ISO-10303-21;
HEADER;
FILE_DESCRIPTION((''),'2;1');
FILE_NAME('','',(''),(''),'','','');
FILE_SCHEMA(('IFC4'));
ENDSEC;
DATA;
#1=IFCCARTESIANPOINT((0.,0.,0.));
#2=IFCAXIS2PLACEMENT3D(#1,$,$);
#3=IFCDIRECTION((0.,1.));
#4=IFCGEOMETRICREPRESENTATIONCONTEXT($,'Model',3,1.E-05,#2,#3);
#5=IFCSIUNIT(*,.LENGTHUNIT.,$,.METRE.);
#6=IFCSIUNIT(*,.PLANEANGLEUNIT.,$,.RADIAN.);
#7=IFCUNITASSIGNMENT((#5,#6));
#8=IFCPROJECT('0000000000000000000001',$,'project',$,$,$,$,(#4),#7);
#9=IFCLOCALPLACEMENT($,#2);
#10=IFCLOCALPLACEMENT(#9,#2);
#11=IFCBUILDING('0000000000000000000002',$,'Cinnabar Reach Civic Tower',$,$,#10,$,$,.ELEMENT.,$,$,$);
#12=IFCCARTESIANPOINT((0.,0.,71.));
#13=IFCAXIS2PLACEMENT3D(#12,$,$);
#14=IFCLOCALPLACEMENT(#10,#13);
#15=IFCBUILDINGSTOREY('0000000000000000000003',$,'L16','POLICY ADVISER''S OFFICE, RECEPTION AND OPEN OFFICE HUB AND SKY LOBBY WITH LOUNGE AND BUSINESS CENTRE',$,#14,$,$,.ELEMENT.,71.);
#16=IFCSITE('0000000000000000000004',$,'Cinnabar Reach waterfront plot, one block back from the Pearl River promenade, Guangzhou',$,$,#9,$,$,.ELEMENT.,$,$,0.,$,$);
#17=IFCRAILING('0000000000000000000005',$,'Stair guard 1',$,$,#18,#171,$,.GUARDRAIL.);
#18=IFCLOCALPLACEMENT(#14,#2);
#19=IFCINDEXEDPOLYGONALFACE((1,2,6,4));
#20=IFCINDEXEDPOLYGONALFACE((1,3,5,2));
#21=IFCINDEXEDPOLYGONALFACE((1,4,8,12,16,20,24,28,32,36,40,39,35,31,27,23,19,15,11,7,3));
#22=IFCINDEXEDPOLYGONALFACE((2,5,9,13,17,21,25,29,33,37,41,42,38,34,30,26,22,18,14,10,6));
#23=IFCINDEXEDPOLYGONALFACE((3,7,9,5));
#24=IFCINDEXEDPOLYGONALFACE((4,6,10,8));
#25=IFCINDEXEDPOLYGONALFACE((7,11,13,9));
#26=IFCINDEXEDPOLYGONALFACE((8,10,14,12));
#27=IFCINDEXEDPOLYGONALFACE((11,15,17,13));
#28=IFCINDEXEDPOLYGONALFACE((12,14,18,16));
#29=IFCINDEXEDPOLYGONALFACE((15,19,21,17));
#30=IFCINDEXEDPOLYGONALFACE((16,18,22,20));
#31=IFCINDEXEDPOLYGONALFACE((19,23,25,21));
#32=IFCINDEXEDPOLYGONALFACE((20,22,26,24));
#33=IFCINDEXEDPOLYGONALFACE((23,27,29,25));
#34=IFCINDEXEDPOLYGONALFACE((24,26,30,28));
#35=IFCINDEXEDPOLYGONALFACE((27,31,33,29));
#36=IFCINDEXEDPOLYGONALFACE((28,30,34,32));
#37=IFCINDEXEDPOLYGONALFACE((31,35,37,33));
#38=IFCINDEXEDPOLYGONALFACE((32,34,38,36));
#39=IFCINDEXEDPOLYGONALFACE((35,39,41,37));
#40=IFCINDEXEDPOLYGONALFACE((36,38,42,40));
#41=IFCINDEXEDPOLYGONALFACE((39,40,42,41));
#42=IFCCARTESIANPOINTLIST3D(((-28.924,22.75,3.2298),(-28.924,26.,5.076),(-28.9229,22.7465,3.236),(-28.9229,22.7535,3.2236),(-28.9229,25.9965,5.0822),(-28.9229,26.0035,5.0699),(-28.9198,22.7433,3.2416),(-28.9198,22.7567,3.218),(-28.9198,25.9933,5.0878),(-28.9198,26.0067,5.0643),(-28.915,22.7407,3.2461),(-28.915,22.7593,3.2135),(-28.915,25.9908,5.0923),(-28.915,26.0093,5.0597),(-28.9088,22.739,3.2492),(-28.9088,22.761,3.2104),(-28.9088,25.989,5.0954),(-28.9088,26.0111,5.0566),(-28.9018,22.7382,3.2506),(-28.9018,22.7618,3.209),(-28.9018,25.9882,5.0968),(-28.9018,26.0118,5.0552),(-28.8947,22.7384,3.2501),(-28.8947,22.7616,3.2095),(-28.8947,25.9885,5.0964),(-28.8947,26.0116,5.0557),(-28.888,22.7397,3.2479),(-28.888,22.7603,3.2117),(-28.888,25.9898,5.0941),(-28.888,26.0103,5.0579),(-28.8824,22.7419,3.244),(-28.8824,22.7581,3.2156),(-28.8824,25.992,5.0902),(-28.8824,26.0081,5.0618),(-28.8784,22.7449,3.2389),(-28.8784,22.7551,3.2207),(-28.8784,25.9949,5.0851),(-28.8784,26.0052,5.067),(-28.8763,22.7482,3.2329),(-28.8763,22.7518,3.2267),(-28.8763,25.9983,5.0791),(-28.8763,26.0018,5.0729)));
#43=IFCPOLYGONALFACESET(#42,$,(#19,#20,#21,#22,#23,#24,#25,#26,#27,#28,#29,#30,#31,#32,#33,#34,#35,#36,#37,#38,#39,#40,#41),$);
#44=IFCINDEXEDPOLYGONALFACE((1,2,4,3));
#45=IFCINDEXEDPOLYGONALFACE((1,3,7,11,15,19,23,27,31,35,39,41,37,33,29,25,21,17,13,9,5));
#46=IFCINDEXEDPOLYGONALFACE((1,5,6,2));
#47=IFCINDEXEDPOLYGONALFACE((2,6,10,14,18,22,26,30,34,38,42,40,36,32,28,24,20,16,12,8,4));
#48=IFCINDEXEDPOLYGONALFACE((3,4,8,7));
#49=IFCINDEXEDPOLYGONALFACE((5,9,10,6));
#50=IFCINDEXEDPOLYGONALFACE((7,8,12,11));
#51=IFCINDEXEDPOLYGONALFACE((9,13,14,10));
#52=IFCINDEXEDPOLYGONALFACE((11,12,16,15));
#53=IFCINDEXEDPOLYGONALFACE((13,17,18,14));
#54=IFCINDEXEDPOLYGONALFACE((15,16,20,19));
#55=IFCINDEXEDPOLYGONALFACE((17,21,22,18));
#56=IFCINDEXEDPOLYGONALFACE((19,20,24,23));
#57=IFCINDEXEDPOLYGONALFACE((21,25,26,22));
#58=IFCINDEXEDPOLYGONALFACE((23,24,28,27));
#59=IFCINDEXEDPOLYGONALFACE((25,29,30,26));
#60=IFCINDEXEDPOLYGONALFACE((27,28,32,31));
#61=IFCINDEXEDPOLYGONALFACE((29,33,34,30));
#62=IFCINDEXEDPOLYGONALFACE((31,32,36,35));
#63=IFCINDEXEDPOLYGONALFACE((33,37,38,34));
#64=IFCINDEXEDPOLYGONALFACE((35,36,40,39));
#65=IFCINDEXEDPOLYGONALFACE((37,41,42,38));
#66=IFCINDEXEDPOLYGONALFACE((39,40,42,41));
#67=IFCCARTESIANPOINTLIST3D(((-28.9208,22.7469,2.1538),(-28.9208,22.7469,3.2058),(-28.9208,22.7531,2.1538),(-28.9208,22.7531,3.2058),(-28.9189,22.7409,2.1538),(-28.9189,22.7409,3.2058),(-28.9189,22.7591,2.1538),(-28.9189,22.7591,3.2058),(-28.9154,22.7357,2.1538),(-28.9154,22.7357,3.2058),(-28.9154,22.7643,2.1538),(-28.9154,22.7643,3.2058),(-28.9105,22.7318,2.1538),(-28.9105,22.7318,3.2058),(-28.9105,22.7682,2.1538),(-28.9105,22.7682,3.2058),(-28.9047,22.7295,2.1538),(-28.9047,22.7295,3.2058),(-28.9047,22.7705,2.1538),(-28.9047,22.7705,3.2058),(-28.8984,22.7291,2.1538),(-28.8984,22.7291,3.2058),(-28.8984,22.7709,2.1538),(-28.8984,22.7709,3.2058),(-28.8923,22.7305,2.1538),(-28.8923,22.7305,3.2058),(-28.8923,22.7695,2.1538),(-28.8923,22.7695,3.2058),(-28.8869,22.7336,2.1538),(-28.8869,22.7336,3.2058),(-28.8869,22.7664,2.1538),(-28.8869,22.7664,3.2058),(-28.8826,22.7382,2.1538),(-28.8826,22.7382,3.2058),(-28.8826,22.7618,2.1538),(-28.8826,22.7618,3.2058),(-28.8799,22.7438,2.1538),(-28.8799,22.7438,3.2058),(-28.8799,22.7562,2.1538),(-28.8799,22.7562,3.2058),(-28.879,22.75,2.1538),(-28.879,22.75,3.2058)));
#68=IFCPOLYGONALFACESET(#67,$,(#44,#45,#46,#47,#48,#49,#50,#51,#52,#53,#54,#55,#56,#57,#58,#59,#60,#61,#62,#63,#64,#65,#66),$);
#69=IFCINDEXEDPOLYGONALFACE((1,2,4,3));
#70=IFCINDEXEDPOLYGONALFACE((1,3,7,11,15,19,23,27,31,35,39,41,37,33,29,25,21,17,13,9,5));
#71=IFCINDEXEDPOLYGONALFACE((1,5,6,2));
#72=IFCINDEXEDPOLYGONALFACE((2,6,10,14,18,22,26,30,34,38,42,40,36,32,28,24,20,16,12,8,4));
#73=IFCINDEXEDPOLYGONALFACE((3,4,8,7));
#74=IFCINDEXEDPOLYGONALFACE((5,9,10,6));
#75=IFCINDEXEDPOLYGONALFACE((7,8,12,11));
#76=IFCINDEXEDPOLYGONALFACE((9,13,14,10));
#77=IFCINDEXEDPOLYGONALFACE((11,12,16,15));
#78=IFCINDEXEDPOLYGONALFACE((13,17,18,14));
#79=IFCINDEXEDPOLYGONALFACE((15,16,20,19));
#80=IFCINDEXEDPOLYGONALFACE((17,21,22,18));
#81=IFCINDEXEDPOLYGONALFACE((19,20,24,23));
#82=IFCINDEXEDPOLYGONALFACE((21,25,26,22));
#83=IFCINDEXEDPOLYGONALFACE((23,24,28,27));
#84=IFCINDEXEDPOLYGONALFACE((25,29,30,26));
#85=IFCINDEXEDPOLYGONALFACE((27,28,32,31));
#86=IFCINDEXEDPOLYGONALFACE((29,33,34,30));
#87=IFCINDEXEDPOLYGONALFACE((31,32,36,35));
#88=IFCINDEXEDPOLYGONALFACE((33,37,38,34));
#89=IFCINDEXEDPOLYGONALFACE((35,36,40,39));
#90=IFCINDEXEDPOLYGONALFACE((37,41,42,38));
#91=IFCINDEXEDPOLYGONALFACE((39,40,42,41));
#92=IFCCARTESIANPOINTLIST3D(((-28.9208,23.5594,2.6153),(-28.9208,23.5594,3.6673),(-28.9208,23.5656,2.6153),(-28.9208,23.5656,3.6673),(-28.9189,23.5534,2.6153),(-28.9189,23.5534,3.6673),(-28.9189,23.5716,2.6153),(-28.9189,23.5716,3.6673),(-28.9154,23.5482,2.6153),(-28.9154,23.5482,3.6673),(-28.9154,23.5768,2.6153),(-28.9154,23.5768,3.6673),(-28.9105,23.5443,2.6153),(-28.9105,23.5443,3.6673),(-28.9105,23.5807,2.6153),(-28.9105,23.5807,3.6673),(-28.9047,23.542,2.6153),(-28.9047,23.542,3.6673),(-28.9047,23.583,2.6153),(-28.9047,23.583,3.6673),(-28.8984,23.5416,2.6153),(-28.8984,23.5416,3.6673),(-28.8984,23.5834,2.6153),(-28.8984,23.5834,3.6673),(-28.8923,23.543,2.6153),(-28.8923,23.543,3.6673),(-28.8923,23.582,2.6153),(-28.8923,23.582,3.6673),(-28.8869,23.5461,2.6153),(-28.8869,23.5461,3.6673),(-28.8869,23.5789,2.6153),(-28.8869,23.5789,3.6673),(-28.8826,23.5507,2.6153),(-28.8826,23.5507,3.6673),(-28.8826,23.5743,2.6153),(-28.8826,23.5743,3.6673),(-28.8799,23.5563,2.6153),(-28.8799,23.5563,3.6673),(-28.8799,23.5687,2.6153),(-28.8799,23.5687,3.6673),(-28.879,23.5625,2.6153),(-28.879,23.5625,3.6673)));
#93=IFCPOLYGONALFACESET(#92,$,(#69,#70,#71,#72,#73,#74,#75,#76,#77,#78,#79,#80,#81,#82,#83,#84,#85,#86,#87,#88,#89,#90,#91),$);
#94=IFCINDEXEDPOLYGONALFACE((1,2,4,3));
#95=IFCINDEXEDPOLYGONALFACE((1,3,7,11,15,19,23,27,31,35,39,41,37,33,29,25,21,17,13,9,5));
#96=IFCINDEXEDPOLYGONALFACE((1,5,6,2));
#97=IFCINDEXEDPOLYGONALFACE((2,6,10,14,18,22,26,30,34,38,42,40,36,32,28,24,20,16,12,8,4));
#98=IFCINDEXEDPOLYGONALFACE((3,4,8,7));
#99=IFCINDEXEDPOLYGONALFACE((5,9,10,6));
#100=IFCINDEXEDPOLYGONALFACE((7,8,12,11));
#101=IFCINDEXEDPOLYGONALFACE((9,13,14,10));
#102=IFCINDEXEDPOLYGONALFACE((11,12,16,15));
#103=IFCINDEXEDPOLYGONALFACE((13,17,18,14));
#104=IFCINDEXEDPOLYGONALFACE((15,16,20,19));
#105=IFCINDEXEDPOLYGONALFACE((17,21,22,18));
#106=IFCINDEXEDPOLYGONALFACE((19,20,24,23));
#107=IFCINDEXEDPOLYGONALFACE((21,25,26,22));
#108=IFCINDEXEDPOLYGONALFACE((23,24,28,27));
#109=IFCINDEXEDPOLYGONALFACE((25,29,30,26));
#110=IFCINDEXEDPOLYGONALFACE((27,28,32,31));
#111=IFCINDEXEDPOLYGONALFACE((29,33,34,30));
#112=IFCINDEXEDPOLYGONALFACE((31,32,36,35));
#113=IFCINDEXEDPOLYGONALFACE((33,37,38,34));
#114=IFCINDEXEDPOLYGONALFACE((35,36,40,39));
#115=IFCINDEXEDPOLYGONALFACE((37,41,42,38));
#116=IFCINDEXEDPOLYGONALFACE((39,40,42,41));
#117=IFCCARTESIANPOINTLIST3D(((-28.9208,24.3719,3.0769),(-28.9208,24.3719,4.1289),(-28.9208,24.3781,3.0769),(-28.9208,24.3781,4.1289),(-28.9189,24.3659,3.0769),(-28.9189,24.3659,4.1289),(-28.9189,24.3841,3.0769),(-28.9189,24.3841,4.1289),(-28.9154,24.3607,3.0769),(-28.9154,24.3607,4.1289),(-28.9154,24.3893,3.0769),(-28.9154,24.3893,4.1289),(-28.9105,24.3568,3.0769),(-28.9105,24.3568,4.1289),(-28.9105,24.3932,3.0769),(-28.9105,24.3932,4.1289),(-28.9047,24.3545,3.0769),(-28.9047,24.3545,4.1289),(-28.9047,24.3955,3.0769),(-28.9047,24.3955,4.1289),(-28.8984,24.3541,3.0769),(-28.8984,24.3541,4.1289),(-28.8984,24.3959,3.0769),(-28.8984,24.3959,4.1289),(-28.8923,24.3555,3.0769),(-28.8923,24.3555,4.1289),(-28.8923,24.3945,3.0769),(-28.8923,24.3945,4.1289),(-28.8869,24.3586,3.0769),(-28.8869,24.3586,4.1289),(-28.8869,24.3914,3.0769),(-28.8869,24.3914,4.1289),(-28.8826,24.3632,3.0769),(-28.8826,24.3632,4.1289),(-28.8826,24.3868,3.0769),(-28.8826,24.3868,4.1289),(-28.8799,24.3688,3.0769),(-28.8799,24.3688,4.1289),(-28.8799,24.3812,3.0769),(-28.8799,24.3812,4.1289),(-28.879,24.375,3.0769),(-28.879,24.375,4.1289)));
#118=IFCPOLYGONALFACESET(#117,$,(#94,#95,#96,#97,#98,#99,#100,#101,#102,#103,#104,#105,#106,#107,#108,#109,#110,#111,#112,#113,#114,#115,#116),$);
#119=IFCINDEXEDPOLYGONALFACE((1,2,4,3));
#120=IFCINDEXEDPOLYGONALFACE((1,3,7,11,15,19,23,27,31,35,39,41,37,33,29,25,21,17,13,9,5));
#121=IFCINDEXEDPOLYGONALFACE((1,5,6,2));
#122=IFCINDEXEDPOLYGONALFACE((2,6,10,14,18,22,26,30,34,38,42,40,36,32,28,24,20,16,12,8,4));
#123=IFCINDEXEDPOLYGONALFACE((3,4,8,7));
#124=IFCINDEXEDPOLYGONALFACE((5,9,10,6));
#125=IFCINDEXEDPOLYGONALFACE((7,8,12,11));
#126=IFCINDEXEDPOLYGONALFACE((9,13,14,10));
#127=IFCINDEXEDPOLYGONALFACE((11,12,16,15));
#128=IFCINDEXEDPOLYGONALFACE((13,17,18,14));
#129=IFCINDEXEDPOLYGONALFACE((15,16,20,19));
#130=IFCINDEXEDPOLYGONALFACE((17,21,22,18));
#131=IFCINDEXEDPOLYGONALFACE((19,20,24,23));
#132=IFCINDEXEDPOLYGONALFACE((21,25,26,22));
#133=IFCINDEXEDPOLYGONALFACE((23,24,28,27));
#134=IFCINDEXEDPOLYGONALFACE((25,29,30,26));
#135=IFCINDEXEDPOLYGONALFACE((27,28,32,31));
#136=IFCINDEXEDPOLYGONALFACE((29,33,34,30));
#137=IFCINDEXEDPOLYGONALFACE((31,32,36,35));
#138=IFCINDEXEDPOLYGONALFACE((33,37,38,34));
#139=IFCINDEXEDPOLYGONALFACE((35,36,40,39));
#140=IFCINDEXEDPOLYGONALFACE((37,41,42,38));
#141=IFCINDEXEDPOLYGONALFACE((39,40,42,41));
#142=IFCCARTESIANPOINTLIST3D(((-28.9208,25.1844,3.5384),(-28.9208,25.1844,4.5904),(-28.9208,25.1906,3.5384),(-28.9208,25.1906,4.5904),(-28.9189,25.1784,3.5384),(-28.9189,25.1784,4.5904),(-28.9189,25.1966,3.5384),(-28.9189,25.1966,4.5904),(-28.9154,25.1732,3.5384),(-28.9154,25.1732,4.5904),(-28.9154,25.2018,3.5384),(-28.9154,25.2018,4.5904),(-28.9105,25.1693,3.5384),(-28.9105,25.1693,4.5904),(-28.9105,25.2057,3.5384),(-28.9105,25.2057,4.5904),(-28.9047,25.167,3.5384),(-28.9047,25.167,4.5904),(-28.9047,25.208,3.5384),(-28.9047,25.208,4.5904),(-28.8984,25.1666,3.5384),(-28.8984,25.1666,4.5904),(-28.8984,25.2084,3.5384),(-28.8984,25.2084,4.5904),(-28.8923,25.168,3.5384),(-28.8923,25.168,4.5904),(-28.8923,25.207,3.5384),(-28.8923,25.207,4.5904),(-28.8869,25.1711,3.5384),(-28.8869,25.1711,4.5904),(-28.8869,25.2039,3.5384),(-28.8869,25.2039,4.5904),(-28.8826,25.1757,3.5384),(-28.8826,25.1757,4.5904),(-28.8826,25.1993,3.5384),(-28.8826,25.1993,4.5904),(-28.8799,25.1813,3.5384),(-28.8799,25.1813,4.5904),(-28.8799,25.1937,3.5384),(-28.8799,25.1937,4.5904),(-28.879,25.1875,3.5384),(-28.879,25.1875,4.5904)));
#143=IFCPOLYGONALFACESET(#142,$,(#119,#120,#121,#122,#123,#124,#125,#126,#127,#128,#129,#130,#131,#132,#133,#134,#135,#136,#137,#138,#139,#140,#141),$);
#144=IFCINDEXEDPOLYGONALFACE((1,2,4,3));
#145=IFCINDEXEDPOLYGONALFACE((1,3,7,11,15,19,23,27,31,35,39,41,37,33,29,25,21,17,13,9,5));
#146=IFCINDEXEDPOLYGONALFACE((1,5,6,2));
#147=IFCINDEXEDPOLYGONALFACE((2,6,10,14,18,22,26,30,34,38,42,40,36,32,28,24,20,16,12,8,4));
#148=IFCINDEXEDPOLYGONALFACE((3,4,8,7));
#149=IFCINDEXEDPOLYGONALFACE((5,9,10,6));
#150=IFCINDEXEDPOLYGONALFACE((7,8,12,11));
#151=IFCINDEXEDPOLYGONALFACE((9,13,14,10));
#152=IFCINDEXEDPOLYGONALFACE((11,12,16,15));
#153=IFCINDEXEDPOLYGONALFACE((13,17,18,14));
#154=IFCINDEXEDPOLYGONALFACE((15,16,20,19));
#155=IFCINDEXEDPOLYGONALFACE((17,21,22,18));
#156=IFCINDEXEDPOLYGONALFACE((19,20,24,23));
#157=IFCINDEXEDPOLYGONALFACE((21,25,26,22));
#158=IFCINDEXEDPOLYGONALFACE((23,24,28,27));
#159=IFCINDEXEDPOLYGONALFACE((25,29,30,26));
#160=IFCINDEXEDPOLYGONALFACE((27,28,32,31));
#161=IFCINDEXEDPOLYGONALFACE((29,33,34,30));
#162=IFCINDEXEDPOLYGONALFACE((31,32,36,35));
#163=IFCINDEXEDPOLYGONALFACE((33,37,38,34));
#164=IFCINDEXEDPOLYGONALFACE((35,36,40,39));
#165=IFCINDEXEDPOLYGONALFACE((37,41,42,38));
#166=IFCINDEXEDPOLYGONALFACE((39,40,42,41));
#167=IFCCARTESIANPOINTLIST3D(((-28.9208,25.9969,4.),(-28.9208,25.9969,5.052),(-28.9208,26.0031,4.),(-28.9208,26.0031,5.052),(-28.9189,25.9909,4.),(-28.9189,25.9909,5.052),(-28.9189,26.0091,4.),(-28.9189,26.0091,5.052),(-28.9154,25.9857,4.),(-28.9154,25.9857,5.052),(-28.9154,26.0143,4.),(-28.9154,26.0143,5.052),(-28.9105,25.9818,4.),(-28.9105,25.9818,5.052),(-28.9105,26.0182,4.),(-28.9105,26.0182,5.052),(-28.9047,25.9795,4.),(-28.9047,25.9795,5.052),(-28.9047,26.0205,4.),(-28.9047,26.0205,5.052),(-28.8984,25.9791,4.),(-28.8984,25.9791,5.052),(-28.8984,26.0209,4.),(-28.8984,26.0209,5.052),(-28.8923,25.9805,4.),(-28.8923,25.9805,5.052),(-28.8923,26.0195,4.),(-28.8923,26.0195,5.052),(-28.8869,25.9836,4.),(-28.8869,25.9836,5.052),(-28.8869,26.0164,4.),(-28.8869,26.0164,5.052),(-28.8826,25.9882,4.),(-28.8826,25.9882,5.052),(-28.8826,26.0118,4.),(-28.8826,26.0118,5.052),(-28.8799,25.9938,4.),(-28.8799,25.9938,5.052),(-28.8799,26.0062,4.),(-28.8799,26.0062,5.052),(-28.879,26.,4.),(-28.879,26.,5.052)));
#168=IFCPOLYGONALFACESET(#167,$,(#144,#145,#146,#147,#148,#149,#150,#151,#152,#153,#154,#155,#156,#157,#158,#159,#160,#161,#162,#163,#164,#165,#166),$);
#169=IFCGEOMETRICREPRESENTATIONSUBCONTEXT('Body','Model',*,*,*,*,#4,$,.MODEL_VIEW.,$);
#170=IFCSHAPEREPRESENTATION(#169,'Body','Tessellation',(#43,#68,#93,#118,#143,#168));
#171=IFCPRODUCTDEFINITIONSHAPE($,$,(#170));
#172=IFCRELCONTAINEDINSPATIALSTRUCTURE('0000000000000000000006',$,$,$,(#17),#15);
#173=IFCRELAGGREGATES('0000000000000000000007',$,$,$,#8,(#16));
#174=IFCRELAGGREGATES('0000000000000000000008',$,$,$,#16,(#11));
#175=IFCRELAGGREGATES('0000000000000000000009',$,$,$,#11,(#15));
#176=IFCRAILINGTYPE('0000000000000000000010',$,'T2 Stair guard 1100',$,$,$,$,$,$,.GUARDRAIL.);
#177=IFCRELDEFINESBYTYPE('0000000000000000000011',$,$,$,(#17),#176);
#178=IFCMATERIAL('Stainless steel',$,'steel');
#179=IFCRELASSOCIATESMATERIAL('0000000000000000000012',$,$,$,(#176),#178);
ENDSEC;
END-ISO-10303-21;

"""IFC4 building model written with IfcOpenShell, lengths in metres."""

from ifc_helpers import new_model, si_unit, direction, frame, origin, origin_2d, place, context, subcontext, project, spatial, circle, extrude, material, type_object, element, save


model = new_model("IFC4")

# Units and contexts
model_context = context("Model", 3, precision=1e-05, world=origin(), true_north=direction((0.0, 1.0)))
body_context = subcontext(model_context, "Body", "Model", "MODEL_VIEW")
ifc_project = project(units=[si_unit("LENGTHUNIT", "METRE"), si_unit("PLANEANGLEUNIT", "RADIAN")], contexts=[model_context])

# Site, building, storey
site_placement = place(None, origin())
site = spatial("IfcSite", under=ifc_project, at=site_placement, Name="Cinnabar Reach waterfront plot, one block back from the Pearl River promenade, Guangzhou", CompositionType="ELEMENT", RefElevation=0.0)
building_placement = place(site_placement, origin())
building = spatial("IfcBuilding", under=site, at=building_placement, Name="Cinnabar Reach Civic Tower", CompositionType="ELEMENT")
storey_placement = place(building_placement, frame((0.0, 0.0, 71.0)))
storey = spatial("IfcBuildingStorey", under=building, at=storey_placement, Name="L16", Description="POLICY ADVISER'S OFFICE, RECEPTION AND OPEN OFFICE HUB AND SKY LOBBY WITH LOUNGE AND BUSINESS CENTRE", CompositionType="ELEMENT", Elevation=71.0)

# Railing
ifc_material_1 = material(Name="Stainless steel", Category="steel")
railing_type = type_object("IfcRailingType", Name="T2 Stair guard 1100", PredefinedType="GUARDRAIL", material=ifc_material_1)
railing_1_placement = place(storey_placement, frame((-28.9, 22.75, 2.1538)))
element("IfcRailing", 1, at=railing_1_placement, inside=storey, type_object=railing_type, Name="Stair guard 1", PredefinedType="GUARDRAIL", context=body_context, shape_type="SweptSolid", body=[
    extrude(circle(Radius=0.024, at=origin_2d()), frame((0.0, 0.0, 1.076), z_axis=(0.0, 0.869501, 0.49393), x_axis=(-1.0, 0.0, 0.0)), (0.0, 0.0, 1.0), 3.7378),
    extrude(circle(Radius=0.021, at=origin_2d()), origin(), (0.0, 0.0, 1.0), 1.052),
    extrude(circle(Radius=0.021, at=origin_2d()), frame((0.0, 0.8125, 0.4615)), (0.0, 0.0, 1.0), 1.052),
    extrude(circle(Radius=0.021, at=origin_2d()), frame((0.0, 1.625, 0.9231)), (0.0, 0.0, 1.0), 1.052),
    extrude(circle(Radius=0.021, at=origin_2d()), frame((0.0, 2.4375, 1.3846)), (0.0, 0.0, 1.0), 1.052),
    extrude(circle(Radius=0.021, at=origin_2d()), frame((0.0, 3.25, 1.8462)), (0.0, 0.0, 1.0), 1.052),
])

save(model, "model.ifc")
